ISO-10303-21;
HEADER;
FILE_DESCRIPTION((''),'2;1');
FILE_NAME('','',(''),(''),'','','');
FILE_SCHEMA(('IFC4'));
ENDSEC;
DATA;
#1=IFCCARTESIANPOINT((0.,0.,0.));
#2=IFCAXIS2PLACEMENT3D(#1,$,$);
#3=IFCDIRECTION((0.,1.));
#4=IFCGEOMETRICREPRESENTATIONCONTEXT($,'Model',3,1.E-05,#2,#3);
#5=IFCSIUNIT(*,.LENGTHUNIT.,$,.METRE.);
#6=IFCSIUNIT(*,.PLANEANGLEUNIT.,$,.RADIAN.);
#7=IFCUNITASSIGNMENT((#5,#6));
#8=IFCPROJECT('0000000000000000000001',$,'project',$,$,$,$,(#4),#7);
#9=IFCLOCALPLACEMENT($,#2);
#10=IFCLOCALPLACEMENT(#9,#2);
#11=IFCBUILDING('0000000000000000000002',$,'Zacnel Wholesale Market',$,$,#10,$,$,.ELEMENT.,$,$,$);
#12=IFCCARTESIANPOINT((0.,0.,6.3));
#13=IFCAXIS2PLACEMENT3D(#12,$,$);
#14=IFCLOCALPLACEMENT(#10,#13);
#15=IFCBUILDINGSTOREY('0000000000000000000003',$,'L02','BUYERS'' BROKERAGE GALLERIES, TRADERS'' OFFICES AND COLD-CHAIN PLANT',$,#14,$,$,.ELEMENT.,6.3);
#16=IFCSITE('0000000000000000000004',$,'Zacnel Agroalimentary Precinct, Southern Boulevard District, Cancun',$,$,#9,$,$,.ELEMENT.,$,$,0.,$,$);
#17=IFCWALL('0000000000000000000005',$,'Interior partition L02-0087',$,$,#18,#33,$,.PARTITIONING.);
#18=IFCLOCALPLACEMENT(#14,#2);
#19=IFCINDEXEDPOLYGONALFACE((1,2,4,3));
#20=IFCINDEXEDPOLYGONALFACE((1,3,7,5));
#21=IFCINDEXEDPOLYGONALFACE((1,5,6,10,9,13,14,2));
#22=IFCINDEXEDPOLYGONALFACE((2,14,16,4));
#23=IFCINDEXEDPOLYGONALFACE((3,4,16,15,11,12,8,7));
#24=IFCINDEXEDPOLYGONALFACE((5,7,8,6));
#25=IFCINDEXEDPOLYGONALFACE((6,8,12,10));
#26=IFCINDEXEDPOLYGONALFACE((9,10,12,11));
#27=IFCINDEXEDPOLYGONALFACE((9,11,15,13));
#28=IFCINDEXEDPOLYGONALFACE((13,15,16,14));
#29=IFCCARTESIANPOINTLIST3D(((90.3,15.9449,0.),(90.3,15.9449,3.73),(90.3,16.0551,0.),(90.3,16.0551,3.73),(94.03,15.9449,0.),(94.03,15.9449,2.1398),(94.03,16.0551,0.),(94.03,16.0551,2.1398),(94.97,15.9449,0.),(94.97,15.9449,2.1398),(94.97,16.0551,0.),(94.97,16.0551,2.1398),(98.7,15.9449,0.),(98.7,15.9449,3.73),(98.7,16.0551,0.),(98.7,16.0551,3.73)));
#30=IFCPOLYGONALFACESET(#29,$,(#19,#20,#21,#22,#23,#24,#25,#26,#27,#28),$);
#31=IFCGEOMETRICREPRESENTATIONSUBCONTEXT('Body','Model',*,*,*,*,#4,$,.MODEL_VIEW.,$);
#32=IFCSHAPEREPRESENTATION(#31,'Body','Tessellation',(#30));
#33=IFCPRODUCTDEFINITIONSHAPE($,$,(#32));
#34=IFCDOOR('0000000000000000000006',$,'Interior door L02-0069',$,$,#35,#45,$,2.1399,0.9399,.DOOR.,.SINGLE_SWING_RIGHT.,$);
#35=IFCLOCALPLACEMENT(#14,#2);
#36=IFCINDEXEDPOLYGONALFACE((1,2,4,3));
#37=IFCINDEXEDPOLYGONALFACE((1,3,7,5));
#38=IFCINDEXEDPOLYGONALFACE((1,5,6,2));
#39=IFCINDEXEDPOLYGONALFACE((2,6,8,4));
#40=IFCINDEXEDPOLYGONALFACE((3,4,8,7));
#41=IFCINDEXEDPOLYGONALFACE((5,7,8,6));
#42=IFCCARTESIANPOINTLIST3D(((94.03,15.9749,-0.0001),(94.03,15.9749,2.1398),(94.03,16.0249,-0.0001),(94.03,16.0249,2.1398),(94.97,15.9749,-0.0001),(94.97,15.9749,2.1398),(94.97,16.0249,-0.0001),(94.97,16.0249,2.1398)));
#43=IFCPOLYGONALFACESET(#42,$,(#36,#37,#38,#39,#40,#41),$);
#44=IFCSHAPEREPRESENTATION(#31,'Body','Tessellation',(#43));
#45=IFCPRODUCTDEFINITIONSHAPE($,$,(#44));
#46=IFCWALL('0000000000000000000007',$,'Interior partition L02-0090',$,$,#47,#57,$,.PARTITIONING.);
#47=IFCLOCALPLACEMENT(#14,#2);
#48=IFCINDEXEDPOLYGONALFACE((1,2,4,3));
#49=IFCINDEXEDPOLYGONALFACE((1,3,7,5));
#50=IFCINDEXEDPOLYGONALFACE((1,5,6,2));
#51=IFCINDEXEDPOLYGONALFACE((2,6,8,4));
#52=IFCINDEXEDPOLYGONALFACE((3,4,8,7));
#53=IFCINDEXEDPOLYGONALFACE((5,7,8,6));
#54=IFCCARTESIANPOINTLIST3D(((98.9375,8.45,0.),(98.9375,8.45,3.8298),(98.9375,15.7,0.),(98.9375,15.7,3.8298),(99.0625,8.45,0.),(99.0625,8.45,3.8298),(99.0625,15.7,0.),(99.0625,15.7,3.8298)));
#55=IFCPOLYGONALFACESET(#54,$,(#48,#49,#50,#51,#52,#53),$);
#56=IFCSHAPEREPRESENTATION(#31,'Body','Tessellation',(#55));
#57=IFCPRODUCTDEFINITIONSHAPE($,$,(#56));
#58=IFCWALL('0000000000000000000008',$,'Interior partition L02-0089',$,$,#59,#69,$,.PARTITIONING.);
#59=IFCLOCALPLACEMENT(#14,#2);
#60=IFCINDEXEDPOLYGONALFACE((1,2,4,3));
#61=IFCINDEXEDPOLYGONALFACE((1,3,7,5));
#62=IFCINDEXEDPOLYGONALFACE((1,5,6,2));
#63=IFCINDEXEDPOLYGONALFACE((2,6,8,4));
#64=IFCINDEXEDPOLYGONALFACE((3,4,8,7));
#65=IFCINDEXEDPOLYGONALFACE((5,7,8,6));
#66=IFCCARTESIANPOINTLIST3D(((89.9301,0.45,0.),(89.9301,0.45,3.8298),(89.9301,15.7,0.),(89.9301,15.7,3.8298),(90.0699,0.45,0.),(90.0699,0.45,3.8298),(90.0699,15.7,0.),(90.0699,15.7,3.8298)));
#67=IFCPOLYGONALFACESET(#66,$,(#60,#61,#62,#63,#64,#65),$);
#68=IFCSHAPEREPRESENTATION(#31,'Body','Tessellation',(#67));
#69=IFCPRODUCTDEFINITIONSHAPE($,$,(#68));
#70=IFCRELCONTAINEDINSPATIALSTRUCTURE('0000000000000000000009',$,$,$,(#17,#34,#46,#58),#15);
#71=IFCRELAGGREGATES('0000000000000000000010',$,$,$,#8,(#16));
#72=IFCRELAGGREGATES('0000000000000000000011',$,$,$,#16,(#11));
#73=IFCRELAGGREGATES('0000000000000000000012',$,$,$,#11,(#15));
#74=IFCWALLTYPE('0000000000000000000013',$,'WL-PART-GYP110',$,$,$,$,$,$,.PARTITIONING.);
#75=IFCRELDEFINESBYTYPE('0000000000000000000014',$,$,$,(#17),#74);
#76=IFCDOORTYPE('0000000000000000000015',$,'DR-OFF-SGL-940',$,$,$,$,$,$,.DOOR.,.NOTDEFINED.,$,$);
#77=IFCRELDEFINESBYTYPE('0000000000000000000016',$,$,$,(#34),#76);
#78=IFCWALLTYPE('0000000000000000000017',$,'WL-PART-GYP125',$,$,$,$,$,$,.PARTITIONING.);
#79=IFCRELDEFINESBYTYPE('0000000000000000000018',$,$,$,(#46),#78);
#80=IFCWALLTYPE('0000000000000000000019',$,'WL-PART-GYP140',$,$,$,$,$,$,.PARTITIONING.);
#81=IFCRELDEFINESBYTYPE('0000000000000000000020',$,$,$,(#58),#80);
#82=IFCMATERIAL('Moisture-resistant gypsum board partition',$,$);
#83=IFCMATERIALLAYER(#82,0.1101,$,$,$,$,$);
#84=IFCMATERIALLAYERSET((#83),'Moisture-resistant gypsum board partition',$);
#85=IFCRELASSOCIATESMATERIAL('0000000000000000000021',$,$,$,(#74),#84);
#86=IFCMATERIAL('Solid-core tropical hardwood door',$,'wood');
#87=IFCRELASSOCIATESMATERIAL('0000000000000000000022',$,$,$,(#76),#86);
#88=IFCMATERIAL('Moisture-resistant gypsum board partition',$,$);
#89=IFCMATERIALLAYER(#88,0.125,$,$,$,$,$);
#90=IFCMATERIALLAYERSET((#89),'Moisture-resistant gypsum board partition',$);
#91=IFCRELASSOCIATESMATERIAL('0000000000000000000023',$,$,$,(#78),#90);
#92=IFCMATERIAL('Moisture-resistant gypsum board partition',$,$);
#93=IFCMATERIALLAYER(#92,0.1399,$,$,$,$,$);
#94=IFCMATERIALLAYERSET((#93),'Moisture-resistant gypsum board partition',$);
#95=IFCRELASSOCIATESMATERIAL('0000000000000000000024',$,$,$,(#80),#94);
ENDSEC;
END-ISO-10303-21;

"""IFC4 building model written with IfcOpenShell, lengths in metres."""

from ifc_helpers import new_model, si_unit, direction, frame, frame_2d, origin, place, context, subcontext, project, spatial, rectangle, extrude, material, layer, layer_set, type_object, element, fill, save


model = new_model("IFC4")

# Units and contexts
model_context = context("Model", 3, precision=1e-05, world=origin(), true_north=direction((0.0, 1.0)))
body_context = subcontext(model_context, "Body", "Model", "MODEL_VIEW")
ifc_project = project(units=[si_unit("LENGTHUNIT", "METRE"), si_unit("PLANEANGLEUNIT", "RADIAN")], contexts=[model_context])

# Site, building, storey
site_placement = place(None, origin())
site = spatial("IfcSite", under=ifc_project, at=site_placement, Name="Zacnel Agroalimentary Precinct, Southern Boulevard District, Cancun", CompositionType="ELEMENT", RefElevation=0.0)
building_placement = place(site_placement, origin())
building = spatial("IfcBuilding", under=site, at=building_placement, Name="Zacnel Wholesale Market", CompositionType="ELEMENT")
storey_placement = place(building_placement, frame((0.0, 0.0, 6.3)))
storey = spatial("IfcBuildingStorey", under=building, at=storey_placement, Name="L02", Description="BUYERS' BROKERAGE GALLERIES, TRADERS' OFFICES AND COLD-CHAIN PLANT", CompositionType="ELEMENT", Elevation=6.3)

# Wall, opening, door
ifc_material_1 = material(Name="Moisture-resistant gypsum board partition")
ifc_layer_1 = layer(ifc_material_1, 0.1101)
ifc_layer_set_1 = layer_set([ifc_layer_1], Name="Moisture-resistant gypsum board partition")
wall_type_1 = type_object("IfcWallType", Name="WL-PART-GYP110", PredefinedType="PARTITIONING", material=ifc_layer_set_1)
wall_1_placement = place(storey_placement, frame((90.3, 16.0, 0.0), z_axis=(0.0, 0.0, 1.0), x_axis=(1.0, 0.0, 0.0)))
wall_1 = element("IfcWall", 1, at=wall_1_placement, inside=storey, type_object=wall_type_1, Name="Interior partition L02-0087", PredefinedType="PARTITIONING", context=body_context, shape_type="SweptSolid", body=[
    extrude(rectangle(XDim=8.3999, YDim=0.1101, at=frame_2d((4.2, 0.0))), origin(), (0.0, 0.0, 1.0), 3.73),
])
opening_1_placement = place(wall_1_placement, frame((3.73, 0.0, 0.0)))
opening_1 = element("IfcOpeningElement", 2, at=opening_1_placement, cuts=wall_1, PredefinedType="OPENING", context=body_context, shape_type="SweptSolid", body=[
    extrude(rectangle(XDim=0.9399, YDim=2.1399, at=frame_2d((0.47, 1.0698))), frame((0.0, 0.0649, 0.0), z_axis=(0.0, -1.0, 0.0), x_axis=(1.0, 0.0, 0.0)), (0.0, 0.0, 1.0), 0.1301),
])
ifc_material_2 = material(Name="Solid-core tropical hardwood door", Category="wood")
door_type = type_object("IfcDoorType", Name="DR-OFF-SGL-940", OperationType="NOTDEFINED", PredefinedType="DOOR", material=ifc_material_2)
door_placement = place(opening_1_placement, origin())
door = element("IfcDoor", 3, at=door_placement, inside=storey, type_object=door_type, Name="Interior door L02-0069", OperationType="SINGLE_SWING_RIGHT", OverallHeight=2.1399, OverallWidth=0.9399, PredefinedType="DOOR", context=body_context, shape_type="SweptSolid", body=[
    extrude(rectangle(XDim=0.9399, YDim=2.1399, at=frame_2d((0.47, 1.0698))), frame((0.0, 0.0249, 0.0), z_axis=(0.0, -1.0, 0.0), x_axis=(1.0, 0.0, 0.0)), (0.0, 0.0, 1.0), 0.05),
])
fill(opening_1, door)

# Walls
ifc_material_3 = material(Name="Moisture-resistant gypsum board partition")
ifc_layer_2 = layer(ifc_material_3, 0.125)
ifc_layer_set_2 = layer_set([ifc_layer_2], Name="Moisture-resistant gypsum board partition")
wall_type_2 = type_object("IfcWallType", Name="WL-PART-GYP125", PredefinedType="PARTITIONING", material=ifc_layer_set_2)
wall_2_placement = place(storey_placement, frame((99.0, 8.45, 0.0), z_axis=(0.0, 0.0, 1.0), x_axis=(0.0, 1.0, 0.0)))
element("IfcWall", 4, at=wall_2_placement, inside=storey, type_object=wall_type_2, Name="Interior partition L02-0090", PredefinedType="PARTITIONING", context=body_context, shape_type="SweptSolid", body=[
    extrude(rectangle(XDim=7.25, YDim=0.125, at=frame_2d((3.625, 0.0))), origin(), (0.0, 0.0, 1.0), 3.8298),
])
ifc_material_4 = material(Name="Moisture-resistant gypsum board partition")
ifc_layer_3 = layer(ifc_material_4, 0.1399)
ifc_layer_set_3 = layer_set([ifc_layer_3], Name="Moisture-resistant gypsum board partition")
wall_type_3 = type_object("IfcWallType", Name="WL-PART-GYP140", PredefinedType="PARTITIONING", material=ifc_layer_set_3)
wall_3_placement = place(storey_placement, frame((90.0, 0.45, 0.0), z_axis=(0.0, 0.0, 1.0), x_axis=(0.0, 1.0, 0.0)))
element("IfcWall", 5, at=wall_3_placement, inside=storey, type_object=wall_type_3, Name="Interior partition L02-0089", PredefinedType="PARTITIONING", context=body_context, shape_type="SweptSolid", body=[
    extrude(rectangle(XDim=15.25, YDim=0.1399, at=frame_2d((7.625, 0.0))), origin(), (0.0, 0.0, 1.0), 3.8298),
])

save(model, "model.ifc")
